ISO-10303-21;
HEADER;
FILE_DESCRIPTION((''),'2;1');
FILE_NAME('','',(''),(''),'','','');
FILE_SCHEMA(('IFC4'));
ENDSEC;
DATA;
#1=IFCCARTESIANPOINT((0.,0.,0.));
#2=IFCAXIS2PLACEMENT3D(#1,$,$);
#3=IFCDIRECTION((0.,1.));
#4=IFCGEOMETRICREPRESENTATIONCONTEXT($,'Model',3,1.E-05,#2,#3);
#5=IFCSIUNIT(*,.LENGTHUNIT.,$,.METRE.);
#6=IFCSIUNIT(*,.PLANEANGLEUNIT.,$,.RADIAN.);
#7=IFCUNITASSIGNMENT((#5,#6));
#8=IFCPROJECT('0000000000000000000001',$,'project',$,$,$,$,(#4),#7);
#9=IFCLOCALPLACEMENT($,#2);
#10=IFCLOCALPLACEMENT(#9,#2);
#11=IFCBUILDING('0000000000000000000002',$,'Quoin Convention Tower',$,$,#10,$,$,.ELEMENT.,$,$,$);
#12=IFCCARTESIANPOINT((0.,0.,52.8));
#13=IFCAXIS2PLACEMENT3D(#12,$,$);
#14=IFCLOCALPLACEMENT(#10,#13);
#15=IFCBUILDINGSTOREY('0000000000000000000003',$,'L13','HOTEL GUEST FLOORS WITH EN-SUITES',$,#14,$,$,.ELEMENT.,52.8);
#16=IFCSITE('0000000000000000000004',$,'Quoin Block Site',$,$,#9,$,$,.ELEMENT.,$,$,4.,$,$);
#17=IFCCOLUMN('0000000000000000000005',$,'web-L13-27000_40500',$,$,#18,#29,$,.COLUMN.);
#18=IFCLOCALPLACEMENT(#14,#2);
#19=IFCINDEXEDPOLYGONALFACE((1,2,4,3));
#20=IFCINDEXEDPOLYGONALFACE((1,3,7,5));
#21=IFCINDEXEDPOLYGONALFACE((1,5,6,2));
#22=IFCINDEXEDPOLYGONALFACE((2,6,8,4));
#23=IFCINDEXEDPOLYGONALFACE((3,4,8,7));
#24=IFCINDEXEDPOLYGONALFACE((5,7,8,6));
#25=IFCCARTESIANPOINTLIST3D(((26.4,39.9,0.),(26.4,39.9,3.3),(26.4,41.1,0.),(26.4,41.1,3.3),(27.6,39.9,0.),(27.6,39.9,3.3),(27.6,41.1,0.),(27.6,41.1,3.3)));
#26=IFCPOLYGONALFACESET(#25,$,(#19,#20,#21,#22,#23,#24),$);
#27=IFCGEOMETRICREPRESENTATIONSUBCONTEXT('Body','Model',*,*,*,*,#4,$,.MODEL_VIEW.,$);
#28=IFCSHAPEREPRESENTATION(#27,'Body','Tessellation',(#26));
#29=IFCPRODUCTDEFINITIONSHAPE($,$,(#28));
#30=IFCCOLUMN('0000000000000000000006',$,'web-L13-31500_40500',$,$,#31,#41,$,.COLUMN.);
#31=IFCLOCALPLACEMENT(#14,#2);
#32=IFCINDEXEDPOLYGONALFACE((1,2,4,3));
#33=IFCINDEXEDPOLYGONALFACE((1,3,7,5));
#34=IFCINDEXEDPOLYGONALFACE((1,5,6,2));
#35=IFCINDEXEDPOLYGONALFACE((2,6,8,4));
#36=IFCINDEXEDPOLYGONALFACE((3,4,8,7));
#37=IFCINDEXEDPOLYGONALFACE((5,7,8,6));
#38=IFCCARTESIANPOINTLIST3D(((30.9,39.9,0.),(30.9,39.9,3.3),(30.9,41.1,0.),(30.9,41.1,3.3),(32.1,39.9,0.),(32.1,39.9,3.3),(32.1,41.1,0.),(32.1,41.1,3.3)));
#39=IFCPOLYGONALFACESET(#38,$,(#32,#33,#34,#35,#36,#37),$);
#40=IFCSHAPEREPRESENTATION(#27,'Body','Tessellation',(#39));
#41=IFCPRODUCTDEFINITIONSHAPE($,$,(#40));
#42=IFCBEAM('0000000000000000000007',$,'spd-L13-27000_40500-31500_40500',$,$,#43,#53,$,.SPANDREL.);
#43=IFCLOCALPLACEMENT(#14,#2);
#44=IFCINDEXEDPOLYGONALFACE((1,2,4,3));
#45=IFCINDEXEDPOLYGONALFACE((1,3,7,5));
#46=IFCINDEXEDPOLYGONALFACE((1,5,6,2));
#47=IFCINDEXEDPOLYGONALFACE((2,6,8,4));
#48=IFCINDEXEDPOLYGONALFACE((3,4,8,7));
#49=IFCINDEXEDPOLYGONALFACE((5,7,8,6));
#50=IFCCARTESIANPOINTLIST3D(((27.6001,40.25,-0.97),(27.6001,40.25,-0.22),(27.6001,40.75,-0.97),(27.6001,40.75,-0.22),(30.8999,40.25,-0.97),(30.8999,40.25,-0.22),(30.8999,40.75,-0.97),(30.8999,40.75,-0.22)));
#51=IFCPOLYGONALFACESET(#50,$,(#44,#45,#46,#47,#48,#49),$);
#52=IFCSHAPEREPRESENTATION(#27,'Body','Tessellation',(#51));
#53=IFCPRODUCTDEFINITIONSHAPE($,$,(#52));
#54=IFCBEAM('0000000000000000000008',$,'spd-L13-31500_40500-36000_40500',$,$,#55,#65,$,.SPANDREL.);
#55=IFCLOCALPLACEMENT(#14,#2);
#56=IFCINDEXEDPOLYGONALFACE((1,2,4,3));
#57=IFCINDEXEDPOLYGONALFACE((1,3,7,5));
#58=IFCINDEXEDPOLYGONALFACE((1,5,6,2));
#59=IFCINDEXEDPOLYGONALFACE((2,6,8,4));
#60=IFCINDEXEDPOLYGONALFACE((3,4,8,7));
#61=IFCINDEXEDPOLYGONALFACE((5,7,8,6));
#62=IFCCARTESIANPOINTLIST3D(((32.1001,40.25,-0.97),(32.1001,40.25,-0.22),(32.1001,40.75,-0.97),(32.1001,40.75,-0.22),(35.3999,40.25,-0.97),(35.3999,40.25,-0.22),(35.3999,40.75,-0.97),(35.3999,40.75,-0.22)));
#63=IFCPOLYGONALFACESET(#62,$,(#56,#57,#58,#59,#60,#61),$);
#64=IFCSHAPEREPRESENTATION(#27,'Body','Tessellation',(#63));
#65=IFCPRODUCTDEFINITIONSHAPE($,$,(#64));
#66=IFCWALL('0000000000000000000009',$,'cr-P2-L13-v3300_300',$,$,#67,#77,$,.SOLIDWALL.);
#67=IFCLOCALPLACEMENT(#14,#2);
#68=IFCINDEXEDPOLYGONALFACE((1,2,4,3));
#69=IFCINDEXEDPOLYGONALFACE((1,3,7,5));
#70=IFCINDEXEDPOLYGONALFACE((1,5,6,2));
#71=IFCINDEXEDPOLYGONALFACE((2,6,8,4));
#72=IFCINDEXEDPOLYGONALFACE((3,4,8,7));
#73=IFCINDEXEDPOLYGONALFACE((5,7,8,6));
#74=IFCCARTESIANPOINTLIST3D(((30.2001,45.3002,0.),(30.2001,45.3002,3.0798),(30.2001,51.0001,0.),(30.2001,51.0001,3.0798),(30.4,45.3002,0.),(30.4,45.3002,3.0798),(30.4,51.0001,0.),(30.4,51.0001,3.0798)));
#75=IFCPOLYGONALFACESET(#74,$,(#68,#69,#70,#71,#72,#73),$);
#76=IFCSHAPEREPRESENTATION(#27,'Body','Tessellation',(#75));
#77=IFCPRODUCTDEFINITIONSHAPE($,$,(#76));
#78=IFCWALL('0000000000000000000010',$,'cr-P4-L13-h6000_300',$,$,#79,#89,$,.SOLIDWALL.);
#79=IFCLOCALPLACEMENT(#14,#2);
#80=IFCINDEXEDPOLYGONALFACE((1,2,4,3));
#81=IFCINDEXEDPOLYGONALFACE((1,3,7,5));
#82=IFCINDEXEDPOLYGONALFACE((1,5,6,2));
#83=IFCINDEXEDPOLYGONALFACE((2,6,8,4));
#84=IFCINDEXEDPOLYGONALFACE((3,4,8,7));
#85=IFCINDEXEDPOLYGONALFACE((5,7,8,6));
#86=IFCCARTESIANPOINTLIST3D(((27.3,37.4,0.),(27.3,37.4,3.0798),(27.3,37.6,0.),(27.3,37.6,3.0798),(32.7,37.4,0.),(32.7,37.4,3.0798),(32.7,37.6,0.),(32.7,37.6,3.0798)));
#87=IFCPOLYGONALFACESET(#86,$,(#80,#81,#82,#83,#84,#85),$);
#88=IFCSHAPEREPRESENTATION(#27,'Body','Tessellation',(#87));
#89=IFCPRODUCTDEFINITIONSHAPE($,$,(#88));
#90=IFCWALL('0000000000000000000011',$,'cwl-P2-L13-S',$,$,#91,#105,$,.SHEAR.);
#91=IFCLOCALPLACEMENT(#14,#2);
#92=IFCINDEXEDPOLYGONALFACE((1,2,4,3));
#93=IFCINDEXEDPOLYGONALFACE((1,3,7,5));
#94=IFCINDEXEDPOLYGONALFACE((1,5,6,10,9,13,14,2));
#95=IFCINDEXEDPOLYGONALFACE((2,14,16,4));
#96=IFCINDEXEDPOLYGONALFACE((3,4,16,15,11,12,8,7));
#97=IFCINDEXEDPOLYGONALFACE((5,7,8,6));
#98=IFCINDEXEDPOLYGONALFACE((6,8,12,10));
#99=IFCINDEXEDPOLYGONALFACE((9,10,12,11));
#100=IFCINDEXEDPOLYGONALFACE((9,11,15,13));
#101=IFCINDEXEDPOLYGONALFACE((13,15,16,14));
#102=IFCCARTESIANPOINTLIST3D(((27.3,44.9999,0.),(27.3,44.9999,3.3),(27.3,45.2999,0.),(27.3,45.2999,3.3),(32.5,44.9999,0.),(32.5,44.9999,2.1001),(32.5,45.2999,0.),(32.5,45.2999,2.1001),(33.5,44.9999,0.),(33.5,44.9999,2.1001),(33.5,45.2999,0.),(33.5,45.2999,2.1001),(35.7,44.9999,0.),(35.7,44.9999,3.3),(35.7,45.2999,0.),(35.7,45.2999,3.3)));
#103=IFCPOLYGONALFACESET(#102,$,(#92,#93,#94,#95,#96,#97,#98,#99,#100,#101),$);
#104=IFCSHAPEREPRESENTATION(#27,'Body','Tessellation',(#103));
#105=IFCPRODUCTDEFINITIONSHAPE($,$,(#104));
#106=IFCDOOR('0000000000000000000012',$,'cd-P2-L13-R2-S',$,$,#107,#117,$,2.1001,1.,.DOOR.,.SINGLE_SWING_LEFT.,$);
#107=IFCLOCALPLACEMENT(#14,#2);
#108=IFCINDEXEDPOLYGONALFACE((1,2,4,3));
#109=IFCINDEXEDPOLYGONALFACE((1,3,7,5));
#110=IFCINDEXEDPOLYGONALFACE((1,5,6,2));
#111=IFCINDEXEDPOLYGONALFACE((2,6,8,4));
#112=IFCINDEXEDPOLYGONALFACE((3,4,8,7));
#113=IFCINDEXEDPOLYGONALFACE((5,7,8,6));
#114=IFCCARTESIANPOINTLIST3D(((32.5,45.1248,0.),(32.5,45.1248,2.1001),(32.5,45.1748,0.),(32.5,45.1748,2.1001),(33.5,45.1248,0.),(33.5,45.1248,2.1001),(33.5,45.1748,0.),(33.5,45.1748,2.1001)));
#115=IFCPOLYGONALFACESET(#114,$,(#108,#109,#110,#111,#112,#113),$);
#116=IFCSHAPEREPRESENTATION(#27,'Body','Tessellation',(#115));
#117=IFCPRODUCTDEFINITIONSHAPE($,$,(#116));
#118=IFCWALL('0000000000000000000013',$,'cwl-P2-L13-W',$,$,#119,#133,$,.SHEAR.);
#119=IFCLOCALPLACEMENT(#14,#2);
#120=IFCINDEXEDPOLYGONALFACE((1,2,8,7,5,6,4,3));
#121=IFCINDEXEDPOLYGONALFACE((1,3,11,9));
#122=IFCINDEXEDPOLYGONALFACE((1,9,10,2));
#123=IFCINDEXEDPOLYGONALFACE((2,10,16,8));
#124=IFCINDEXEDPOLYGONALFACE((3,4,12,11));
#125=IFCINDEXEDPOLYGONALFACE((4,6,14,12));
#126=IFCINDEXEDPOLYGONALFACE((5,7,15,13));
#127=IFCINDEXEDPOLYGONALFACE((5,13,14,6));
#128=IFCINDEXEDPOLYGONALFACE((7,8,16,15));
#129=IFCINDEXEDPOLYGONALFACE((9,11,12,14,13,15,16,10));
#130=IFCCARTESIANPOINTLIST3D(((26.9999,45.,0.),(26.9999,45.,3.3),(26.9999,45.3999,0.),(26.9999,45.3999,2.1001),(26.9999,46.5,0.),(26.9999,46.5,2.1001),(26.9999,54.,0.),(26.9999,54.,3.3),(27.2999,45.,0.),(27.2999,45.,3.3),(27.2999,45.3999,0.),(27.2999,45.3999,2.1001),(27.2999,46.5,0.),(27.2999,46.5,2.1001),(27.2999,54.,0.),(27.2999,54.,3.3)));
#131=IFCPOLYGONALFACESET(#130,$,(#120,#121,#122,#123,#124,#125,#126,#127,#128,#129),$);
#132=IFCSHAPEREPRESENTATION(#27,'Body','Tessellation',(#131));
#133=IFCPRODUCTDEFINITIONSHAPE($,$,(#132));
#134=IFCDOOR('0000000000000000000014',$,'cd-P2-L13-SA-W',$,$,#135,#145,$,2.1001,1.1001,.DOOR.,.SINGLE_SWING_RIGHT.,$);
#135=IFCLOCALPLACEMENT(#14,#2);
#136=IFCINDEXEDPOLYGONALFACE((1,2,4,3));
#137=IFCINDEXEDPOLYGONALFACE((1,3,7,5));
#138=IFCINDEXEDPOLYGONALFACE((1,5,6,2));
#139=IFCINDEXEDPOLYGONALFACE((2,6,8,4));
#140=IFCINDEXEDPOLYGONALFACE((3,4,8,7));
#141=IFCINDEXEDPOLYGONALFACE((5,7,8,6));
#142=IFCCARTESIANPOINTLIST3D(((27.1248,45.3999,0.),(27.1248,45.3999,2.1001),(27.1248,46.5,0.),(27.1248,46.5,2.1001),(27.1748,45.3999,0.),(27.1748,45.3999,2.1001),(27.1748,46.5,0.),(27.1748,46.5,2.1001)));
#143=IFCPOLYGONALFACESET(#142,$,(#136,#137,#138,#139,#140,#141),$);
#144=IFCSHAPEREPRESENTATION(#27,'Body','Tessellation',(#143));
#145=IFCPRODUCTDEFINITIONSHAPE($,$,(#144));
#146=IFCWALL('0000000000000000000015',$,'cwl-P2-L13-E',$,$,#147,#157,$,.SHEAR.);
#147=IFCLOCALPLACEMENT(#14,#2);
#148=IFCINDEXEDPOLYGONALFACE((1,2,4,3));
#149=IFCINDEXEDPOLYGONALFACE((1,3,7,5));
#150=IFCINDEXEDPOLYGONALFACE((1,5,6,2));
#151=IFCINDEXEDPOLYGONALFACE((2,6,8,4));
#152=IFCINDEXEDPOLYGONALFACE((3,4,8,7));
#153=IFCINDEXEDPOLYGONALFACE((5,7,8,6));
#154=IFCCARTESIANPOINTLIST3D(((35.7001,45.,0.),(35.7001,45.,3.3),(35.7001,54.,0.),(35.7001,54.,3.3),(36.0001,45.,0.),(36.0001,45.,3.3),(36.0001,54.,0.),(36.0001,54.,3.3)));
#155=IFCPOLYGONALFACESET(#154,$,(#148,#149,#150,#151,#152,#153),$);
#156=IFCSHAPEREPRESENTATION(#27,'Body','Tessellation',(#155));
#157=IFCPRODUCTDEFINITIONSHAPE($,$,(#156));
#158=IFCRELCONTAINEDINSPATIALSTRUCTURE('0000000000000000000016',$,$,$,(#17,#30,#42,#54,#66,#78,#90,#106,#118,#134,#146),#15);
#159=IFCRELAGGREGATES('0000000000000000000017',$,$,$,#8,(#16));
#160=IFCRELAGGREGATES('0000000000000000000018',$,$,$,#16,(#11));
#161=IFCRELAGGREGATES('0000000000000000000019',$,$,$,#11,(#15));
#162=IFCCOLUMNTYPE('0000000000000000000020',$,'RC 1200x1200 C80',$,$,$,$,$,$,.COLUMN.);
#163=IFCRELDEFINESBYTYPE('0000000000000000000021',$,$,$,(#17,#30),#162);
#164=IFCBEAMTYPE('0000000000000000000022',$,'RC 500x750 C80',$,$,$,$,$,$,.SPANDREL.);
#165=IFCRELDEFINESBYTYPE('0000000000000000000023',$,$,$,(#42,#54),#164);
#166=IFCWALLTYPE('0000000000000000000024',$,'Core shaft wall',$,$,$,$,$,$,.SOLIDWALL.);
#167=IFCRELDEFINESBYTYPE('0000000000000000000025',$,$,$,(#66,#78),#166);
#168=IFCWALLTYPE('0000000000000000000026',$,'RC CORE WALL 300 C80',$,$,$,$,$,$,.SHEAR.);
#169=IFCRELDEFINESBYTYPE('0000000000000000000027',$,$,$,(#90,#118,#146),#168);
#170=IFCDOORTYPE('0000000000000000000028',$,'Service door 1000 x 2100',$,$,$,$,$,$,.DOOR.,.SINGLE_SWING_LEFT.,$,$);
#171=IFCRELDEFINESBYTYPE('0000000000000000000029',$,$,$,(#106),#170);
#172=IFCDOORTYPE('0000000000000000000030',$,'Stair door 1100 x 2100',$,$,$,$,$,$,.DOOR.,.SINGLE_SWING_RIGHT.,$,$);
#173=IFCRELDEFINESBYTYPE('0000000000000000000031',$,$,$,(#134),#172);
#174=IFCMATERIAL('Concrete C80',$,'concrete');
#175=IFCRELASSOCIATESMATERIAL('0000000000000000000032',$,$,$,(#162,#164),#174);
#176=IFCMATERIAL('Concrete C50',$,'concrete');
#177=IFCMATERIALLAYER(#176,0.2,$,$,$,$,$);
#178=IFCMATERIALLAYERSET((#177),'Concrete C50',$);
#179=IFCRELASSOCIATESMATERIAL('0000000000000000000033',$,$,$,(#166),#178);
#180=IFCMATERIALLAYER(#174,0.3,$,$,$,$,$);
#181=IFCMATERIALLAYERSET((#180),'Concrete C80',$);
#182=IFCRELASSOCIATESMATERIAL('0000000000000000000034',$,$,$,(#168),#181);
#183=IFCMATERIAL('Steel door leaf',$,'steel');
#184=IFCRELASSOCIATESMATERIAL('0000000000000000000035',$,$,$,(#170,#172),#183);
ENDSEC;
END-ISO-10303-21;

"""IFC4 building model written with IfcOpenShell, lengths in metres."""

from ifc_helpers import new_model, si_unit, direction, frame, frame_2d, origin, origin_2d, place, context, subcontext, project, spatial, rectangle, extrude, material, layer, layer_set, material_profile, profile_set, type_object, element, fill, save


model = new_model("IFC4")

# Units and contexts
model_context = context("Model", 3, precision=1e-05, world=origin(), true_north=direction((0.0, 1.0)))
body_context = subcontext(model_context, "Body", "Model", "MODEL_VIEW")
ifc_project = project(units=[si_unit("LENGTHUNIT", "METRE"), si_unit("PLANEANGLEUNIT", "RADIAN")], contexts=[model_context])

# Site, building, storey
site_placement = place(None, origin())
site = spatial("IfcSite", under=ifc_project, at=site_placement, Name="Quoin Block Site", CompositionType="ELEMENT", RefElevation=4.0)
building_placement = place(site_placement, origin())
building = spatial("IfcBuilding", under=site, at=building_placement, Name="Quoin Convention Tower", CompositionType="ELEMENT")
storey_placement = place(building_placement, frame((0.0, 0.0, 52.8)))
storey = spatial("IfcBuildingStorey", under=building, at=storey_placement, Name="L13", Description="HOTEL GUEST FLOORS WITH EN-SUITES", CompositionType="ELEMENT", Elevation=52.8)

# Columns
ifc_material_1 = material(Name="Concrete C80", Category="concrete")
ifc_material_profile_1 = material_profile(ifc_material_1, rectangle(XDim=1.2, YDim=1.2, at=origin_2d()), Name="RC 1200x1200")
ifc_profile_set_1 = profile_set([ifc_material_profile_1], Name="Concrete C80")
column_type = type_object("IfcColumnType", Name="RC 1200x1200 C80", PredefinedType="COLUMN", material=ifc_profile_set_1)
for number, where, z_axis, x_axis, name in (
    (1, (27.0, 40.5, 0.0), (0.0, 0.0, 1.0), (1.0, 0.0, 0.0), "web-L13-27000_40500"),
    (2, (31.5, 40.5, 0.0), (0.0, 0.0, 1.0), (1.0, 0.0, 0.0), "web-L13-31500_40500"),
):
    element("IfcColumn", number, at=place(storey_placement, frame(where, z_axis=z_axis, x_axis=x_axis)), inside=storey, type_object=column_type, Name=name, PredefinedType="COLUMN", context=body_context, shape_type="SweptSolid", body=[
        extrude(rectangle(XDim=1.2, YDim=1.2, at=origin_2d()), origin(), (0.0, 0.0, 1.0), 3.3),
    ])

# Beams
ifc_material_profile_2 = material_profile(ifc_material_1, rectangle(XDim=0.5, YDim=0.75, at=origin_2d()), Name="RC 500x750")
ifc_profile_set_2 = profile_set([ifc_material_profile_2], Name="Concrete C80")
beam_type = type_object("IfcBeamType", Name="RC 500x750 C80", PredefinedType="SPANDREL", material=ifc_profile_set_2)
for number, where, z_axis, x_axis, name in (
    (3, (27.6001, 40.5, -0.595), (1.0, 0.0, 0.0), (0.0, 1.0, 0.0), "spd-L13-27000_40500-31500_40500"),
    (4, (32.1001, 40.5, -0.595), (1.0, 0.0, 0.0), (0.0, 1.0, 0.0), "spd-L13-31500_40500-36000_40500"),
):
    element("IfcBeam", number, at=place(storey_placement, frame(where, z_axis=z_axis, x_axis=x_axis)), inside=storey, type_object=beam_type, Name=name, PredefinedType="SPANDREL", context=body_context, shape_type="SweptSolid", body=[
        extrude(rectangle(XDim=0.5, YDim=0.75, at=origin_2d()), origin(), (0.0, 0.0, 1.0), 3.2998),
    ])

# Walls
ifc_material_2 = material(Name="Concrete C50", Category="concrete")
ifc_layer_1 = layer(ifc_material_2, 0.2)
ifc_layer_set_1 = layer_set([ifc_layer_1], Name="Concrete C50")
wall_type_1 = type_object("IfcWallType", Name="Core shaft wall", PredefinedType="SOLIDWALL", material=ifc_layer_set_1)
wall_1_placement = place(storey_placement, frame((30.3, 45.3, 0.0), z_axis=(0.0, 0.0, 1.0), x_axis=(0.0, 1.0, 0.0)))
element("IfcWall", 5, at=wall_1_placement, inside=storey, type_object=wall_type_1, Name="cr-P2-L13-v3300_300", PredefinedType="SOLIDWALL", context=body_context, shape_type="SweptSolid", body=[
    extrude(rectangle(XDim=5.7, YDim=0.2, at=frame_2d((2.8501, 0.0))), origin(), (0.0, 0.0, 1.0), 3.0798),
])
wall_2_placement = place(storey_placement, frame((27.3, 37.5, 0.0), z_axis=(0.0, 0.0, 1.0), x_axis=(1.0, 0.0, 0.0)))
element("IfcWall", 6, at=wall_2_placement, inside=storey, type_object=wall_type_1, Name="cr-P4-L13-h6000_300", PredefinedType="SOLIDWALL", context=body_context, shape_type="SweptSolid", body=[
    extrude(rectangle(XDim=5.3999, YDim=0.2, at=frame_2d((2.7, 0.0))), origin(), (0.0, 0.0, 1.0), 3.0798),
])

# Walls, openings, doors
ifc_layer_2 = layer(ifc_material_1, 0.3)
ifc_layer_set_2 = layer_set([ifc_layer_2], Name="Concrete C80")
wall_type_2 = type_object("IfcWallType", Name="RC CORE WALL 300 C80", PredefinedType="SHEAR", material=ifc_layer_set_2)
wall_3_placement = place(storey_placement, frame((27.3, 45.1499, 0.0), z_axis=(0.0, 0.0, 1.0), x_axis=(1.0, 0.0, 0.0)))
wall_3 = element("IfcWall", 7, at=wall_3_placement, inside=storey, type_object=wall_type_2, Name="cwl-P2-L13-S", PredefinedType="SHEAR", context=body_context, shape_type="SweptSolid", body=[
    extrude(rectangle(XDim=8.3999, YDim=0.3, at=frame_2d((4.2, 0.0))), origin(), (0.0, 0.0, 1.0), 3.3),
])
opening_1_placement = place(wall_3_placement, frame((5.2, 0.0, 0.0)))
opening_1 = element("IfcOpeningElement", 8, at=opening_1_placement, cuts=wall_3, PredefinedType="OPENING", context=body_context, shape_type="SweptSolid", body=[
    extrude(rectangle(XDim=1.0, YDim=2.1001, at=frame_2d((0.5, 1.05))), frame((0.0, 0.1599, 0.0), z_axis=(0.0, -1.0, 0.0), x_axis=(1.0, 0.0, 0.0)), (0.0, 0.0, 1.0), 0.3201),
])
ifc_material_3 = material(Name="Steel door leaf", Category="steel")
door_type_1 = type_object("IfcDoorType", Name="Service door 1000 x 2100", OperationType="SINGLE_SWING_LEFT", PredefinedType="DOOR", material=ifc_material_3)
door_1_placement = place(opening_1_placement, origin())
door_1 = element("IfcDoor", 9, at=door_1_placement, inside=storey, type_object=door_type_1, Name="cd-P2-L13-R2-S", OperationType="SINGLE_SWING_LEFT", OverallHeight=2.1001, OverallWidth=1.0, PredefinedType="DOOR", context=body_context, shape_type="SweptSolid", body=[
    extrude(rectangle(XDim=1.0, YDim=2.1001, at=frame_2d((0.5, 1.05))), frame((0.0, 0.0249, 0.0), z_axis=(0.0, -1.0, 0.0), x_axis=(1.0, 0.0, 0.0)), (0.0, 0.0, 1.0), 0.05),
])
fill(opening_1, door_1)
wall_4_placement = place(storey_placement, frame((27.1499, 45.0, 0.0), z_axis=(0.0, 0.0, 1.0), x_axis=(0.0, 1.0, 0.0)))
wall_4 = element("IfcWall", 10, at=wall_4_placement, inside=storey, type_object=wall_type_2, Name="cwl-P2-L13-W", PredefinedType="SHEAR", context=body_context, shape_type="SweptSolid", body=[
    extrude(rectangle(XDim=9.0, YDim=0.3, at=frame_2d((4.5, 0.0))), origin(), (0.0, 0.0, 1.0), 3.3),
])
opening_2_placement = place(wall_4_placement, frame((0.3999, 0.0, 0.0)))
opening_2 = element("IfcOpeningElement", 11, at=opening_2_placement, cuts=wall_4, PredefinedType="OPENING", context=body_context, shape_type="SweptSolid", body=[
    extrude(rectangle(XDim=1.1001, YDim=2.1001, at=frame_2d((0.55, 1.05))), frame((0.0, 0.1599, 0.0), z_axis=(0.0, -1.0, 0.0), x_axis=(1.0, 0.0, 0.0)), (0.0, 0.0, 1.0), 0.3201),
])
door_type_2 = type_object("IfcDoorType", Name="Stair door 1100 x 2100", OperationType="SINGLE_SWING_RIGHT", PredefinedType="DOOR", material=ifc_material_3)
door_2_placement = place(opening_2_placement, frame((1.1001, 0.0, 0.0), z_axis=(0.0, 0.0, 1.0), x_axis=(-1.0, 0.0, 0.0)))
door_2 = element("IfcDoor", 12, at=door_2_placement, inside=storey, type_object=door_type_2, Name="cd-P2-L13-SA-W", OperationType="SINGLE_SWING_RIGHT", OverallHeight=2.1001, OverallWidth=1.1001, PredefinedType="DOOR", context=body_context, shape_type="SweptSolid", body=[
    extrude(rectangle(XDim=1.1001, YDim=2.1001, at=frame_2d((0.55, 1.05))), frame((0.0, 0.0249, 0.0), z_axis=(0.0, -1.0, 0.0), x_axis=(1.0, 0.0, 0.0)), (0.0, 0.0, 1.0), 0.05),
])
fill(opening_2, door_2)

# Wall
wall_5_placement = place(storey_placement, frame((35.8501, 45.0, 0.0), z_axis=(0.0, 0.0, 1.0), x_axis=(0.0, 1.0, 0.0)))
element("IfcWall", 13, at=wall_5_placement, inside=storey, type_object=wall_type_2, Name="cwl-P2-L13-E", PredefinedType="SHEAR", context=body_context, shape_type="SweptSolid", body=[
    extrude(rectangle(XDim=9.0, YDim=0.3, at=frame_2d((4.5, 0.0))), origin(), (0.0, 0.0, 1.0), 3.3),
])

save(model, "model.ifc")
